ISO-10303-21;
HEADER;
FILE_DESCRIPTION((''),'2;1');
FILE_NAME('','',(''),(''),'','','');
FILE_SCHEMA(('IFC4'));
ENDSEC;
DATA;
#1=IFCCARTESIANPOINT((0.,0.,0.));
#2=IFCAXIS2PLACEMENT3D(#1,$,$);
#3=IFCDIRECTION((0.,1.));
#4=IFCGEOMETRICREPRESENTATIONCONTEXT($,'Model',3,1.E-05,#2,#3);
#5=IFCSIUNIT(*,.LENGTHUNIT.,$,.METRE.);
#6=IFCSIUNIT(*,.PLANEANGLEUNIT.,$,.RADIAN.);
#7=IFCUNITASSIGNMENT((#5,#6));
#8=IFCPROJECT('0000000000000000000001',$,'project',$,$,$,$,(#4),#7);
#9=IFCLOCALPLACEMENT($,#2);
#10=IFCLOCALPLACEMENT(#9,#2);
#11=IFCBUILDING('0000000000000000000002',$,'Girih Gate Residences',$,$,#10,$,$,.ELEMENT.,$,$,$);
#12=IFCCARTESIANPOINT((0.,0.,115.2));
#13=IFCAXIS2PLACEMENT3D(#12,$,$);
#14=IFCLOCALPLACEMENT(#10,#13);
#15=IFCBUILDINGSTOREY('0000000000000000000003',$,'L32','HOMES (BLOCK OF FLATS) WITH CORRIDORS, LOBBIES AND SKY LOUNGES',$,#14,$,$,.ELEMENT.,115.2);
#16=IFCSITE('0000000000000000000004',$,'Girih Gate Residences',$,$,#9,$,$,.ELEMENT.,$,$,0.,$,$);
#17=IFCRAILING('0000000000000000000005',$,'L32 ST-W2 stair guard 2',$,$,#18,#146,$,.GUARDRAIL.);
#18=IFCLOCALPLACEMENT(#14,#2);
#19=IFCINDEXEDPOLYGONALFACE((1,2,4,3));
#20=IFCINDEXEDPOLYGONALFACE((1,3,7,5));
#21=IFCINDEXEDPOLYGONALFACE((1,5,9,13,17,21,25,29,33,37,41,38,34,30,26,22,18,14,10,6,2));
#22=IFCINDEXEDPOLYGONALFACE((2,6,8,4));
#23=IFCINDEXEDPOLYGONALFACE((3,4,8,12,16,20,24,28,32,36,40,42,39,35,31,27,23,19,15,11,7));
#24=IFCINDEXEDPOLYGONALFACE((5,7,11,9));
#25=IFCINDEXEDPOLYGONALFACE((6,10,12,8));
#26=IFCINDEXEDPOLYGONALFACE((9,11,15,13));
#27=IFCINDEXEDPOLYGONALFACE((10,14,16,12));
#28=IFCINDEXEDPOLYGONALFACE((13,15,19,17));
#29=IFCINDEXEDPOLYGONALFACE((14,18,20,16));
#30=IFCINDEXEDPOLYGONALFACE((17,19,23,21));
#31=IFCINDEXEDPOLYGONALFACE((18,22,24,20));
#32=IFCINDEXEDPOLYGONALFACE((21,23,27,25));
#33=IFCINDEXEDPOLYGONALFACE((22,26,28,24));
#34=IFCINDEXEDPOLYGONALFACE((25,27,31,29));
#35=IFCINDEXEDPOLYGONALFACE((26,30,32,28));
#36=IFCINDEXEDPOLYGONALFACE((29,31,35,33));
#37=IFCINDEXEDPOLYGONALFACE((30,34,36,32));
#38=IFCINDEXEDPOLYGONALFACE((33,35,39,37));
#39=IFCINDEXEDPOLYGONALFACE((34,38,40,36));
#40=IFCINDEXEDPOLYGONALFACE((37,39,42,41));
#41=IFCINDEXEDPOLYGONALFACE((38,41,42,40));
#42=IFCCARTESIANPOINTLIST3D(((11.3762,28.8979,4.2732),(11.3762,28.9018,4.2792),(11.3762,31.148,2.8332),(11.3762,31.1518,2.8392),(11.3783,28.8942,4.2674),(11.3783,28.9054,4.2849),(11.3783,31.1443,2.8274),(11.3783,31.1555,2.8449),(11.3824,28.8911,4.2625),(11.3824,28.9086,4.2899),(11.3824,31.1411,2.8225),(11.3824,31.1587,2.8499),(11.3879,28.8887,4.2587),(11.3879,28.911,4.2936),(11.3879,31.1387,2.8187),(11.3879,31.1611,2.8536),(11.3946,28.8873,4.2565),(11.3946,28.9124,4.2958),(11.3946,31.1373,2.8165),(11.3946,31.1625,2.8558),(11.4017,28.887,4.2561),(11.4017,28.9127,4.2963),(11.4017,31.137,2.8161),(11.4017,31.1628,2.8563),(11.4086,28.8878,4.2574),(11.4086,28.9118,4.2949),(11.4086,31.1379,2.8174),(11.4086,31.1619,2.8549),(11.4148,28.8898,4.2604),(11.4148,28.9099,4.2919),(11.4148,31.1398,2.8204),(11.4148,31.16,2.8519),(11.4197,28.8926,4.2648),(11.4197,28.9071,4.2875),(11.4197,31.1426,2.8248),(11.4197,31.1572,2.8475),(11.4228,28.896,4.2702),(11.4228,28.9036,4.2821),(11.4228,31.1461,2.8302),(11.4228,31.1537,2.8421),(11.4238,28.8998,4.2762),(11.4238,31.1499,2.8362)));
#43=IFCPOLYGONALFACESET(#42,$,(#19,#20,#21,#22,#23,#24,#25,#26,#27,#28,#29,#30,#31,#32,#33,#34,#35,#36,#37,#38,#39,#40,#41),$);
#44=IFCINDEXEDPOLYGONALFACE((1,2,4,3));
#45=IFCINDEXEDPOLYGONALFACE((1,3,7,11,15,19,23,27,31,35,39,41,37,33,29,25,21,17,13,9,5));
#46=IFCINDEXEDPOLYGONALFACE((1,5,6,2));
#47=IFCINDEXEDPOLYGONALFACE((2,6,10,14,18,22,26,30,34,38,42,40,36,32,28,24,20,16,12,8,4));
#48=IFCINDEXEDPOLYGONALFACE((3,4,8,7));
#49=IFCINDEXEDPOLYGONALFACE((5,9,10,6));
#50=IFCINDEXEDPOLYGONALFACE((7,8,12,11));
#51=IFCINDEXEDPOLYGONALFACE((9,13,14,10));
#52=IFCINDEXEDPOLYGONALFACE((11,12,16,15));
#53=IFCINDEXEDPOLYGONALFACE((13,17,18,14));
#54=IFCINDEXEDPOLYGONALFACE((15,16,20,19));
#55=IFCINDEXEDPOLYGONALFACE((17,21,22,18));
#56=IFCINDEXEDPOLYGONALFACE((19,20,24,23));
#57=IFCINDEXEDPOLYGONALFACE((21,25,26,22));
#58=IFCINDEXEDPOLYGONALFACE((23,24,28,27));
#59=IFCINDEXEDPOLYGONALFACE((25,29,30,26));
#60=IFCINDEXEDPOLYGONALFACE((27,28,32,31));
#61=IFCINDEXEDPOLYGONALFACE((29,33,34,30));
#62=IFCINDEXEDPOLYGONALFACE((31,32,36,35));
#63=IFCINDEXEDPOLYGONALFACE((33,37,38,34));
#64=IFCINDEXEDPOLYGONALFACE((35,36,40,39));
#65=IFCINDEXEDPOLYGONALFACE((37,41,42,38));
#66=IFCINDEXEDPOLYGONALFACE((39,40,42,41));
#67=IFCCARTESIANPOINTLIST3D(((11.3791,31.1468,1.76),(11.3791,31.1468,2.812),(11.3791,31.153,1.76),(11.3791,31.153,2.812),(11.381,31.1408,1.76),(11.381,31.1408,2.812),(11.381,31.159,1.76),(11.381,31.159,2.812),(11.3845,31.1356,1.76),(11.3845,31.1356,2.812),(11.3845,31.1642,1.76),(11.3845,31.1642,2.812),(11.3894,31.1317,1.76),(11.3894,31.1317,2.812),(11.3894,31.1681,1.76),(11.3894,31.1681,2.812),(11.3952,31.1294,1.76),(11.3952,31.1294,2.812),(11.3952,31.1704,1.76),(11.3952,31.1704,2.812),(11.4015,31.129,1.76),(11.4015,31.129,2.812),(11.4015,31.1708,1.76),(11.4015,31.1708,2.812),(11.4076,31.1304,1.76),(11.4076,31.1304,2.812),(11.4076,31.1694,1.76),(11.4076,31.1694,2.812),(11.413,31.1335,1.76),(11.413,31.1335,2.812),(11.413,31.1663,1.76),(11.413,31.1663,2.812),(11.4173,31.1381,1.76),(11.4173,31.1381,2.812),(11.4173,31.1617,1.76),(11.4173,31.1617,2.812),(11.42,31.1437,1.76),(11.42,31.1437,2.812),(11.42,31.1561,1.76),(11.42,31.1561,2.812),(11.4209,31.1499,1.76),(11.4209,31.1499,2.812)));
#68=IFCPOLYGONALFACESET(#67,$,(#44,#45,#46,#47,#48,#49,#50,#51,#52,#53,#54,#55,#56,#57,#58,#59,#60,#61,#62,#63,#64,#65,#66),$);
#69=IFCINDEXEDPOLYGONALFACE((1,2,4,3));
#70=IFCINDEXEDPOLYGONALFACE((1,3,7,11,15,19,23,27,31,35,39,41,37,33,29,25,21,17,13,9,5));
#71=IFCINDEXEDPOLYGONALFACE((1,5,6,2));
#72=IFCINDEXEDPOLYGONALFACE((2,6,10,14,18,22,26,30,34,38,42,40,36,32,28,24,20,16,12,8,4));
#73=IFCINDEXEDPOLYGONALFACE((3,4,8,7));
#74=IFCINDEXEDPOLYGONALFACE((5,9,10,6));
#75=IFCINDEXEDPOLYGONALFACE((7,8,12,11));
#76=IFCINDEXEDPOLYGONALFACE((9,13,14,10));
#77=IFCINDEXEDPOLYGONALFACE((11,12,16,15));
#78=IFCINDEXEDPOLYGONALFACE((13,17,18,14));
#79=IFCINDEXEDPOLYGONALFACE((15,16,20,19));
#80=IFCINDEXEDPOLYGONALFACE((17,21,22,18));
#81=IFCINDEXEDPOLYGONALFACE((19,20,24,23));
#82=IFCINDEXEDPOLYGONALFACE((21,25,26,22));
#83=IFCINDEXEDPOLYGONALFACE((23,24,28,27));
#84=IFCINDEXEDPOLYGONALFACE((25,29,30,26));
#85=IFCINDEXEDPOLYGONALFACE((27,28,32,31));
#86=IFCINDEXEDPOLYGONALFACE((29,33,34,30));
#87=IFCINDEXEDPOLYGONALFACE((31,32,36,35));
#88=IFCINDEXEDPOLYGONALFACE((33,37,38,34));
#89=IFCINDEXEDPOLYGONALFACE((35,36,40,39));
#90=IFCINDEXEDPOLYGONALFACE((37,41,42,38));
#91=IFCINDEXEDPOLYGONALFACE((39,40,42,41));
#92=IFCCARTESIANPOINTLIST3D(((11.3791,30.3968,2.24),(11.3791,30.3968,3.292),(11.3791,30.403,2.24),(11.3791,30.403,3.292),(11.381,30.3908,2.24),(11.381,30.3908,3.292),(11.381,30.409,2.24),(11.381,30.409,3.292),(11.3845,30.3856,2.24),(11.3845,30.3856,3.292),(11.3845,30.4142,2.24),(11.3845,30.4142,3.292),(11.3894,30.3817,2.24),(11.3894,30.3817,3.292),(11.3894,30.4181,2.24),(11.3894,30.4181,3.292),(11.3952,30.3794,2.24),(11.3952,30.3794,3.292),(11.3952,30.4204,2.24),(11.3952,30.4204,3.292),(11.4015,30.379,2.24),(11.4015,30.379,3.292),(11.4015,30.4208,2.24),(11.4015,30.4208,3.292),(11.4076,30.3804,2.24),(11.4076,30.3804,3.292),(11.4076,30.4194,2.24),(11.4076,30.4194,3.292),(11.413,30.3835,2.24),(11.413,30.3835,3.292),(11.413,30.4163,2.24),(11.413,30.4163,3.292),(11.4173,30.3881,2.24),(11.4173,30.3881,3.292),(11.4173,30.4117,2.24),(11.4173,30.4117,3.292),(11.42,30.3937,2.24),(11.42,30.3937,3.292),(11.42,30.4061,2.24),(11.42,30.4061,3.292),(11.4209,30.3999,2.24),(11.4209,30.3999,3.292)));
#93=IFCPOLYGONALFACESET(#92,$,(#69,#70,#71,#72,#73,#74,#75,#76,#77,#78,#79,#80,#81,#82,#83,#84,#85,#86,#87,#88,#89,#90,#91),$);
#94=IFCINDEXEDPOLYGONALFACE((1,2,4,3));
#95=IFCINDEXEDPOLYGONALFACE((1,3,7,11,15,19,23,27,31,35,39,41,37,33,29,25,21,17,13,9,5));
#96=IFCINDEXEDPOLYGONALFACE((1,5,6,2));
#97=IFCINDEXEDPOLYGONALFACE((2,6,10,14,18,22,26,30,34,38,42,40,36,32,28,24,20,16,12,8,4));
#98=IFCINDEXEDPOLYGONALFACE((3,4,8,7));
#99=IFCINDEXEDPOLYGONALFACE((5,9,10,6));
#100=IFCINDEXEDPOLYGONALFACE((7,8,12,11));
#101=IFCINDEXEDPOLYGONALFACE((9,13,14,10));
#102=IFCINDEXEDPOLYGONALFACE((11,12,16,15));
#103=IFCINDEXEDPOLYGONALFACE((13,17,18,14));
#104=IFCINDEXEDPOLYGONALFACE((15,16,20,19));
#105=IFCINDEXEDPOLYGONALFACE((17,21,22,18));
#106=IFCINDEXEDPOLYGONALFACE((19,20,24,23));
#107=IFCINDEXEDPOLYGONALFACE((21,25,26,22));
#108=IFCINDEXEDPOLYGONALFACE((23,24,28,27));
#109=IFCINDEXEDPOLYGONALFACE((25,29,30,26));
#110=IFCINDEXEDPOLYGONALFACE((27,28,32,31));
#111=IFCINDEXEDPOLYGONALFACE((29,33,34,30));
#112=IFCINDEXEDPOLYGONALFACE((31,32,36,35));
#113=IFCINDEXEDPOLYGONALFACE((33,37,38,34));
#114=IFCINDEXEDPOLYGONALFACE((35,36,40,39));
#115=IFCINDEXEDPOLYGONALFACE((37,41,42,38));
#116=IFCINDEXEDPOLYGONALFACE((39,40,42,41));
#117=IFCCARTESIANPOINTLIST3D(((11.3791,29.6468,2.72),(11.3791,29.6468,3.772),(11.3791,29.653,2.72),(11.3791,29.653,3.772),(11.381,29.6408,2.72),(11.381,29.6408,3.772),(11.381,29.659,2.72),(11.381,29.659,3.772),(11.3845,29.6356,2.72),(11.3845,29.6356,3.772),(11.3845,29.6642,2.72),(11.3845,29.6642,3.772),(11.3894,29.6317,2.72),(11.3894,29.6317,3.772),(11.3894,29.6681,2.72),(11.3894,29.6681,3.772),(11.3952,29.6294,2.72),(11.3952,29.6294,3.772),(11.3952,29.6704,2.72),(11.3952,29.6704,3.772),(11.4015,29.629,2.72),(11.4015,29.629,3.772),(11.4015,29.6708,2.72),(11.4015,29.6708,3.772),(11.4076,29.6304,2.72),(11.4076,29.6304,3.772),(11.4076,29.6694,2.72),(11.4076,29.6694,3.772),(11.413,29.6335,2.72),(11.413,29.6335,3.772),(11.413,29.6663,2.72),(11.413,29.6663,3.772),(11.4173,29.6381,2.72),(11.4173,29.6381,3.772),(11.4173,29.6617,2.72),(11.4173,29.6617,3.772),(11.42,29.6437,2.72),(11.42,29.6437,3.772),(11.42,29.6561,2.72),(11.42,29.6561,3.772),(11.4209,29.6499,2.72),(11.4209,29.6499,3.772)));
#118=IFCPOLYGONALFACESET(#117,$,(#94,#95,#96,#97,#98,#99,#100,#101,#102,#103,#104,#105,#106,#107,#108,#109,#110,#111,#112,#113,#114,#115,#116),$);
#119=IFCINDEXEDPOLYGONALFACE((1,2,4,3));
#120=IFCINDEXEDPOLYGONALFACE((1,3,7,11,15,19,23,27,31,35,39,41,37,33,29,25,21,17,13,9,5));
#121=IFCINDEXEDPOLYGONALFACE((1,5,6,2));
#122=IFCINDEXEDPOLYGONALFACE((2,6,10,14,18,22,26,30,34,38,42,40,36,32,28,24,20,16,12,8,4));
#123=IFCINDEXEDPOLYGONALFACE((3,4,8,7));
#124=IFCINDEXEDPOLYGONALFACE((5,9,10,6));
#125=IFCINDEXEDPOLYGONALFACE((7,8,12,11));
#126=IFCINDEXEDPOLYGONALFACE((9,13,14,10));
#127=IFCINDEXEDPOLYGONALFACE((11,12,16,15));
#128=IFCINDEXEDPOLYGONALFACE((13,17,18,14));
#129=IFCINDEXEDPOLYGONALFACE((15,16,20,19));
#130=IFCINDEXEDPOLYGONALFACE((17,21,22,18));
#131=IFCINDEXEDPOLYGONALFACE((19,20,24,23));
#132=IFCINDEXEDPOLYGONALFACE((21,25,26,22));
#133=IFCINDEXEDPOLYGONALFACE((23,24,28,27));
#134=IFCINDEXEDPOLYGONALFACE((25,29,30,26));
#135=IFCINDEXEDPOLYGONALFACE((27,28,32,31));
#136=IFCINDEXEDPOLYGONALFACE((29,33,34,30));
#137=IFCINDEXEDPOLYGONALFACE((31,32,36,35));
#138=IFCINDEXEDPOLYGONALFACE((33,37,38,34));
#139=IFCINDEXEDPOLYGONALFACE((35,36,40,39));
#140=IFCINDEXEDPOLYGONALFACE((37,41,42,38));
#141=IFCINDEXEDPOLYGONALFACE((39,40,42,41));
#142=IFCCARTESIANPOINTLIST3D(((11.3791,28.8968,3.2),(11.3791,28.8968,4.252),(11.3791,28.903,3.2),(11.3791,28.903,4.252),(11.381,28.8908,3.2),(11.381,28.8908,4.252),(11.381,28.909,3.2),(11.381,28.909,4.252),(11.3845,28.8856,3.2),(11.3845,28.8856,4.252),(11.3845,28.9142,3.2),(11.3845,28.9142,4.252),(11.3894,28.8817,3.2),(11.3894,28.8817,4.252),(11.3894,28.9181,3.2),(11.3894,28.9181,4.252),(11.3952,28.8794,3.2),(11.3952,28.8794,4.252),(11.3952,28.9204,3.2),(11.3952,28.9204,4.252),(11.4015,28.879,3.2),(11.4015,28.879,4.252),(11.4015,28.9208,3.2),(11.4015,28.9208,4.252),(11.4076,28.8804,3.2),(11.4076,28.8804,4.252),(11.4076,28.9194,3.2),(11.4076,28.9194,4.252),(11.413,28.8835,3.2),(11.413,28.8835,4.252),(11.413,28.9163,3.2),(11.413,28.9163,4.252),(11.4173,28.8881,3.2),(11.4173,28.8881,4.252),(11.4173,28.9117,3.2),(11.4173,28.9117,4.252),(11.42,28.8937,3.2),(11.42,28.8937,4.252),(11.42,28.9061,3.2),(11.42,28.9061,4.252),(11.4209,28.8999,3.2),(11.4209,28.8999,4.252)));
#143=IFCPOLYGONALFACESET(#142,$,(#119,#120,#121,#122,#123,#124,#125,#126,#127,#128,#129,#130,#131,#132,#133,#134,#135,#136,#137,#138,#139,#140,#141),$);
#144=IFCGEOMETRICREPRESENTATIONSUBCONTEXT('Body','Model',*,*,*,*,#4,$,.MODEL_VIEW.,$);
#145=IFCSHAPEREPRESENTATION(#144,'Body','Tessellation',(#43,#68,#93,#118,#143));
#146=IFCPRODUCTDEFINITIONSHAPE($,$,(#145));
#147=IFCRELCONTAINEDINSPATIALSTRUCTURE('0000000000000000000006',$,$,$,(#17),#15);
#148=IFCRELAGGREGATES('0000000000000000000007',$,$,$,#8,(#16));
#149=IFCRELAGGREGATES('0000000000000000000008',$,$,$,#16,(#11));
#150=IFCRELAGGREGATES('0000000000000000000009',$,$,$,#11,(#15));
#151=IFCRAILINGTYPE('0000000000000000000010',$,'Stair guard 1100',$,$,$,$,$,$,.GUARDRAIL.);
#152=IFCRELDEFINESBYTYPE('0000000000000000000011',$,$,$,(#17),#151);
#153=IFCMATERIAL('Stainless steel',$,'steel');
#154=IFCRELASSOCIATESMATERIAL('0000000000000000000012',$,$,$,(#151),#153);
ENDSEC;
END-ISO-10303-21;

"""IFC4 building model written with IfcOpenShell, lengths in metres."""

from ifc_helpers import new_model, si_unit, direction, frame, origin, origin_2d, place, context, subcontext, project, spatial, circle, extrude, material, type_object, element, save


model = new_model("IFC4")

# Units and contexts
model_context = context("Model", 3, precision=1e-05, world=origin(), true_north=direction((0.0, 1.0)))
body_context = subcontext(model_context, "Body", "Model", "MODEL_VIEW")
ifc_project = project(units=[si_unit("LENGTHUNIT", "METRE"), si_unit("PLANEANGLEUNIT", "RADIAN")], contexts=[model_context])

# Site, building, storey
site_placement = place(None, origin())
site = spatial("IfcSite", under=ifc_project, at=site_placement, Name="Girih Gate Residences", CompositionType="ELEMENT", RefElevation=0.0)
building_placement = place(site_placement, origin())
building = spatial("IfcBuilding", under=site, at=building_placement, Name="Girih Gate Residences", CompositionType="ELEMENT")
storey_placement = place(building_placement, frame((0.0, 0.0, 115.2)))
storey = spatial("IfcBuildingStorey", under=building, at=storey_placement, Name="L32", Description="HOMES (BLOCK OF FLATS) WITH CORRIDORS, LOBBIES AND SKY LOUNGES", CompositionType="ELEMENT", Elevation=115.2)

# Railing
ifc_material_1 = material(Name="Stainless steel", Category="steel")
railing_type_1 = type_object("IfcRailingType", Name="Stair guard 1100", PredefinedType="GUARDRAIL", material=ifc_material_1)
railing_1_placement = place(storey_placement, frame((11.3999, 31.1499, 1.76)))
element("IfcRailing", 1, at=railing_1_placement, inside=storey, type_object=railing_type_1, Name="L32 ST-W2 stair guard 2", PredefinedType="GUARDRAIL", context=body_context, shape_type="SweptSolid", body=[
    extrude(circle(Radius=0.0239, at=origin_2d()), frame((0.0, 0.0, 1.0762), z_axis=(0.0, -0.842281, 0.539038), x_axis=(1.0, 0.0, 0.0)), (0.0, 0.0, 1.0), 2.6714),
    extrude(circle(Radius=0.021, at=origin_2d()), origin(), (0.0, 0.0, 1.0), 1.052),
    extrude(circle(Radius=0.021, at=origin_2d()), frame((0.0, -0.75, 0.48)), (0.0, 0.0, 1.0), 1.052),
    extrude(circle(Radius=0.021, at=origin_2d()), frame((0.0, -1.5, 0.96)), (0.0, 0.0, 1.0), 1.052),
    extrude(circle(Radius=0.021, at=origin_2d()), frame((0.0, -2.25, 1.4399)), (0.0, 0.0, 1.0), 1.052),
])

save(model, "model.ifc")
